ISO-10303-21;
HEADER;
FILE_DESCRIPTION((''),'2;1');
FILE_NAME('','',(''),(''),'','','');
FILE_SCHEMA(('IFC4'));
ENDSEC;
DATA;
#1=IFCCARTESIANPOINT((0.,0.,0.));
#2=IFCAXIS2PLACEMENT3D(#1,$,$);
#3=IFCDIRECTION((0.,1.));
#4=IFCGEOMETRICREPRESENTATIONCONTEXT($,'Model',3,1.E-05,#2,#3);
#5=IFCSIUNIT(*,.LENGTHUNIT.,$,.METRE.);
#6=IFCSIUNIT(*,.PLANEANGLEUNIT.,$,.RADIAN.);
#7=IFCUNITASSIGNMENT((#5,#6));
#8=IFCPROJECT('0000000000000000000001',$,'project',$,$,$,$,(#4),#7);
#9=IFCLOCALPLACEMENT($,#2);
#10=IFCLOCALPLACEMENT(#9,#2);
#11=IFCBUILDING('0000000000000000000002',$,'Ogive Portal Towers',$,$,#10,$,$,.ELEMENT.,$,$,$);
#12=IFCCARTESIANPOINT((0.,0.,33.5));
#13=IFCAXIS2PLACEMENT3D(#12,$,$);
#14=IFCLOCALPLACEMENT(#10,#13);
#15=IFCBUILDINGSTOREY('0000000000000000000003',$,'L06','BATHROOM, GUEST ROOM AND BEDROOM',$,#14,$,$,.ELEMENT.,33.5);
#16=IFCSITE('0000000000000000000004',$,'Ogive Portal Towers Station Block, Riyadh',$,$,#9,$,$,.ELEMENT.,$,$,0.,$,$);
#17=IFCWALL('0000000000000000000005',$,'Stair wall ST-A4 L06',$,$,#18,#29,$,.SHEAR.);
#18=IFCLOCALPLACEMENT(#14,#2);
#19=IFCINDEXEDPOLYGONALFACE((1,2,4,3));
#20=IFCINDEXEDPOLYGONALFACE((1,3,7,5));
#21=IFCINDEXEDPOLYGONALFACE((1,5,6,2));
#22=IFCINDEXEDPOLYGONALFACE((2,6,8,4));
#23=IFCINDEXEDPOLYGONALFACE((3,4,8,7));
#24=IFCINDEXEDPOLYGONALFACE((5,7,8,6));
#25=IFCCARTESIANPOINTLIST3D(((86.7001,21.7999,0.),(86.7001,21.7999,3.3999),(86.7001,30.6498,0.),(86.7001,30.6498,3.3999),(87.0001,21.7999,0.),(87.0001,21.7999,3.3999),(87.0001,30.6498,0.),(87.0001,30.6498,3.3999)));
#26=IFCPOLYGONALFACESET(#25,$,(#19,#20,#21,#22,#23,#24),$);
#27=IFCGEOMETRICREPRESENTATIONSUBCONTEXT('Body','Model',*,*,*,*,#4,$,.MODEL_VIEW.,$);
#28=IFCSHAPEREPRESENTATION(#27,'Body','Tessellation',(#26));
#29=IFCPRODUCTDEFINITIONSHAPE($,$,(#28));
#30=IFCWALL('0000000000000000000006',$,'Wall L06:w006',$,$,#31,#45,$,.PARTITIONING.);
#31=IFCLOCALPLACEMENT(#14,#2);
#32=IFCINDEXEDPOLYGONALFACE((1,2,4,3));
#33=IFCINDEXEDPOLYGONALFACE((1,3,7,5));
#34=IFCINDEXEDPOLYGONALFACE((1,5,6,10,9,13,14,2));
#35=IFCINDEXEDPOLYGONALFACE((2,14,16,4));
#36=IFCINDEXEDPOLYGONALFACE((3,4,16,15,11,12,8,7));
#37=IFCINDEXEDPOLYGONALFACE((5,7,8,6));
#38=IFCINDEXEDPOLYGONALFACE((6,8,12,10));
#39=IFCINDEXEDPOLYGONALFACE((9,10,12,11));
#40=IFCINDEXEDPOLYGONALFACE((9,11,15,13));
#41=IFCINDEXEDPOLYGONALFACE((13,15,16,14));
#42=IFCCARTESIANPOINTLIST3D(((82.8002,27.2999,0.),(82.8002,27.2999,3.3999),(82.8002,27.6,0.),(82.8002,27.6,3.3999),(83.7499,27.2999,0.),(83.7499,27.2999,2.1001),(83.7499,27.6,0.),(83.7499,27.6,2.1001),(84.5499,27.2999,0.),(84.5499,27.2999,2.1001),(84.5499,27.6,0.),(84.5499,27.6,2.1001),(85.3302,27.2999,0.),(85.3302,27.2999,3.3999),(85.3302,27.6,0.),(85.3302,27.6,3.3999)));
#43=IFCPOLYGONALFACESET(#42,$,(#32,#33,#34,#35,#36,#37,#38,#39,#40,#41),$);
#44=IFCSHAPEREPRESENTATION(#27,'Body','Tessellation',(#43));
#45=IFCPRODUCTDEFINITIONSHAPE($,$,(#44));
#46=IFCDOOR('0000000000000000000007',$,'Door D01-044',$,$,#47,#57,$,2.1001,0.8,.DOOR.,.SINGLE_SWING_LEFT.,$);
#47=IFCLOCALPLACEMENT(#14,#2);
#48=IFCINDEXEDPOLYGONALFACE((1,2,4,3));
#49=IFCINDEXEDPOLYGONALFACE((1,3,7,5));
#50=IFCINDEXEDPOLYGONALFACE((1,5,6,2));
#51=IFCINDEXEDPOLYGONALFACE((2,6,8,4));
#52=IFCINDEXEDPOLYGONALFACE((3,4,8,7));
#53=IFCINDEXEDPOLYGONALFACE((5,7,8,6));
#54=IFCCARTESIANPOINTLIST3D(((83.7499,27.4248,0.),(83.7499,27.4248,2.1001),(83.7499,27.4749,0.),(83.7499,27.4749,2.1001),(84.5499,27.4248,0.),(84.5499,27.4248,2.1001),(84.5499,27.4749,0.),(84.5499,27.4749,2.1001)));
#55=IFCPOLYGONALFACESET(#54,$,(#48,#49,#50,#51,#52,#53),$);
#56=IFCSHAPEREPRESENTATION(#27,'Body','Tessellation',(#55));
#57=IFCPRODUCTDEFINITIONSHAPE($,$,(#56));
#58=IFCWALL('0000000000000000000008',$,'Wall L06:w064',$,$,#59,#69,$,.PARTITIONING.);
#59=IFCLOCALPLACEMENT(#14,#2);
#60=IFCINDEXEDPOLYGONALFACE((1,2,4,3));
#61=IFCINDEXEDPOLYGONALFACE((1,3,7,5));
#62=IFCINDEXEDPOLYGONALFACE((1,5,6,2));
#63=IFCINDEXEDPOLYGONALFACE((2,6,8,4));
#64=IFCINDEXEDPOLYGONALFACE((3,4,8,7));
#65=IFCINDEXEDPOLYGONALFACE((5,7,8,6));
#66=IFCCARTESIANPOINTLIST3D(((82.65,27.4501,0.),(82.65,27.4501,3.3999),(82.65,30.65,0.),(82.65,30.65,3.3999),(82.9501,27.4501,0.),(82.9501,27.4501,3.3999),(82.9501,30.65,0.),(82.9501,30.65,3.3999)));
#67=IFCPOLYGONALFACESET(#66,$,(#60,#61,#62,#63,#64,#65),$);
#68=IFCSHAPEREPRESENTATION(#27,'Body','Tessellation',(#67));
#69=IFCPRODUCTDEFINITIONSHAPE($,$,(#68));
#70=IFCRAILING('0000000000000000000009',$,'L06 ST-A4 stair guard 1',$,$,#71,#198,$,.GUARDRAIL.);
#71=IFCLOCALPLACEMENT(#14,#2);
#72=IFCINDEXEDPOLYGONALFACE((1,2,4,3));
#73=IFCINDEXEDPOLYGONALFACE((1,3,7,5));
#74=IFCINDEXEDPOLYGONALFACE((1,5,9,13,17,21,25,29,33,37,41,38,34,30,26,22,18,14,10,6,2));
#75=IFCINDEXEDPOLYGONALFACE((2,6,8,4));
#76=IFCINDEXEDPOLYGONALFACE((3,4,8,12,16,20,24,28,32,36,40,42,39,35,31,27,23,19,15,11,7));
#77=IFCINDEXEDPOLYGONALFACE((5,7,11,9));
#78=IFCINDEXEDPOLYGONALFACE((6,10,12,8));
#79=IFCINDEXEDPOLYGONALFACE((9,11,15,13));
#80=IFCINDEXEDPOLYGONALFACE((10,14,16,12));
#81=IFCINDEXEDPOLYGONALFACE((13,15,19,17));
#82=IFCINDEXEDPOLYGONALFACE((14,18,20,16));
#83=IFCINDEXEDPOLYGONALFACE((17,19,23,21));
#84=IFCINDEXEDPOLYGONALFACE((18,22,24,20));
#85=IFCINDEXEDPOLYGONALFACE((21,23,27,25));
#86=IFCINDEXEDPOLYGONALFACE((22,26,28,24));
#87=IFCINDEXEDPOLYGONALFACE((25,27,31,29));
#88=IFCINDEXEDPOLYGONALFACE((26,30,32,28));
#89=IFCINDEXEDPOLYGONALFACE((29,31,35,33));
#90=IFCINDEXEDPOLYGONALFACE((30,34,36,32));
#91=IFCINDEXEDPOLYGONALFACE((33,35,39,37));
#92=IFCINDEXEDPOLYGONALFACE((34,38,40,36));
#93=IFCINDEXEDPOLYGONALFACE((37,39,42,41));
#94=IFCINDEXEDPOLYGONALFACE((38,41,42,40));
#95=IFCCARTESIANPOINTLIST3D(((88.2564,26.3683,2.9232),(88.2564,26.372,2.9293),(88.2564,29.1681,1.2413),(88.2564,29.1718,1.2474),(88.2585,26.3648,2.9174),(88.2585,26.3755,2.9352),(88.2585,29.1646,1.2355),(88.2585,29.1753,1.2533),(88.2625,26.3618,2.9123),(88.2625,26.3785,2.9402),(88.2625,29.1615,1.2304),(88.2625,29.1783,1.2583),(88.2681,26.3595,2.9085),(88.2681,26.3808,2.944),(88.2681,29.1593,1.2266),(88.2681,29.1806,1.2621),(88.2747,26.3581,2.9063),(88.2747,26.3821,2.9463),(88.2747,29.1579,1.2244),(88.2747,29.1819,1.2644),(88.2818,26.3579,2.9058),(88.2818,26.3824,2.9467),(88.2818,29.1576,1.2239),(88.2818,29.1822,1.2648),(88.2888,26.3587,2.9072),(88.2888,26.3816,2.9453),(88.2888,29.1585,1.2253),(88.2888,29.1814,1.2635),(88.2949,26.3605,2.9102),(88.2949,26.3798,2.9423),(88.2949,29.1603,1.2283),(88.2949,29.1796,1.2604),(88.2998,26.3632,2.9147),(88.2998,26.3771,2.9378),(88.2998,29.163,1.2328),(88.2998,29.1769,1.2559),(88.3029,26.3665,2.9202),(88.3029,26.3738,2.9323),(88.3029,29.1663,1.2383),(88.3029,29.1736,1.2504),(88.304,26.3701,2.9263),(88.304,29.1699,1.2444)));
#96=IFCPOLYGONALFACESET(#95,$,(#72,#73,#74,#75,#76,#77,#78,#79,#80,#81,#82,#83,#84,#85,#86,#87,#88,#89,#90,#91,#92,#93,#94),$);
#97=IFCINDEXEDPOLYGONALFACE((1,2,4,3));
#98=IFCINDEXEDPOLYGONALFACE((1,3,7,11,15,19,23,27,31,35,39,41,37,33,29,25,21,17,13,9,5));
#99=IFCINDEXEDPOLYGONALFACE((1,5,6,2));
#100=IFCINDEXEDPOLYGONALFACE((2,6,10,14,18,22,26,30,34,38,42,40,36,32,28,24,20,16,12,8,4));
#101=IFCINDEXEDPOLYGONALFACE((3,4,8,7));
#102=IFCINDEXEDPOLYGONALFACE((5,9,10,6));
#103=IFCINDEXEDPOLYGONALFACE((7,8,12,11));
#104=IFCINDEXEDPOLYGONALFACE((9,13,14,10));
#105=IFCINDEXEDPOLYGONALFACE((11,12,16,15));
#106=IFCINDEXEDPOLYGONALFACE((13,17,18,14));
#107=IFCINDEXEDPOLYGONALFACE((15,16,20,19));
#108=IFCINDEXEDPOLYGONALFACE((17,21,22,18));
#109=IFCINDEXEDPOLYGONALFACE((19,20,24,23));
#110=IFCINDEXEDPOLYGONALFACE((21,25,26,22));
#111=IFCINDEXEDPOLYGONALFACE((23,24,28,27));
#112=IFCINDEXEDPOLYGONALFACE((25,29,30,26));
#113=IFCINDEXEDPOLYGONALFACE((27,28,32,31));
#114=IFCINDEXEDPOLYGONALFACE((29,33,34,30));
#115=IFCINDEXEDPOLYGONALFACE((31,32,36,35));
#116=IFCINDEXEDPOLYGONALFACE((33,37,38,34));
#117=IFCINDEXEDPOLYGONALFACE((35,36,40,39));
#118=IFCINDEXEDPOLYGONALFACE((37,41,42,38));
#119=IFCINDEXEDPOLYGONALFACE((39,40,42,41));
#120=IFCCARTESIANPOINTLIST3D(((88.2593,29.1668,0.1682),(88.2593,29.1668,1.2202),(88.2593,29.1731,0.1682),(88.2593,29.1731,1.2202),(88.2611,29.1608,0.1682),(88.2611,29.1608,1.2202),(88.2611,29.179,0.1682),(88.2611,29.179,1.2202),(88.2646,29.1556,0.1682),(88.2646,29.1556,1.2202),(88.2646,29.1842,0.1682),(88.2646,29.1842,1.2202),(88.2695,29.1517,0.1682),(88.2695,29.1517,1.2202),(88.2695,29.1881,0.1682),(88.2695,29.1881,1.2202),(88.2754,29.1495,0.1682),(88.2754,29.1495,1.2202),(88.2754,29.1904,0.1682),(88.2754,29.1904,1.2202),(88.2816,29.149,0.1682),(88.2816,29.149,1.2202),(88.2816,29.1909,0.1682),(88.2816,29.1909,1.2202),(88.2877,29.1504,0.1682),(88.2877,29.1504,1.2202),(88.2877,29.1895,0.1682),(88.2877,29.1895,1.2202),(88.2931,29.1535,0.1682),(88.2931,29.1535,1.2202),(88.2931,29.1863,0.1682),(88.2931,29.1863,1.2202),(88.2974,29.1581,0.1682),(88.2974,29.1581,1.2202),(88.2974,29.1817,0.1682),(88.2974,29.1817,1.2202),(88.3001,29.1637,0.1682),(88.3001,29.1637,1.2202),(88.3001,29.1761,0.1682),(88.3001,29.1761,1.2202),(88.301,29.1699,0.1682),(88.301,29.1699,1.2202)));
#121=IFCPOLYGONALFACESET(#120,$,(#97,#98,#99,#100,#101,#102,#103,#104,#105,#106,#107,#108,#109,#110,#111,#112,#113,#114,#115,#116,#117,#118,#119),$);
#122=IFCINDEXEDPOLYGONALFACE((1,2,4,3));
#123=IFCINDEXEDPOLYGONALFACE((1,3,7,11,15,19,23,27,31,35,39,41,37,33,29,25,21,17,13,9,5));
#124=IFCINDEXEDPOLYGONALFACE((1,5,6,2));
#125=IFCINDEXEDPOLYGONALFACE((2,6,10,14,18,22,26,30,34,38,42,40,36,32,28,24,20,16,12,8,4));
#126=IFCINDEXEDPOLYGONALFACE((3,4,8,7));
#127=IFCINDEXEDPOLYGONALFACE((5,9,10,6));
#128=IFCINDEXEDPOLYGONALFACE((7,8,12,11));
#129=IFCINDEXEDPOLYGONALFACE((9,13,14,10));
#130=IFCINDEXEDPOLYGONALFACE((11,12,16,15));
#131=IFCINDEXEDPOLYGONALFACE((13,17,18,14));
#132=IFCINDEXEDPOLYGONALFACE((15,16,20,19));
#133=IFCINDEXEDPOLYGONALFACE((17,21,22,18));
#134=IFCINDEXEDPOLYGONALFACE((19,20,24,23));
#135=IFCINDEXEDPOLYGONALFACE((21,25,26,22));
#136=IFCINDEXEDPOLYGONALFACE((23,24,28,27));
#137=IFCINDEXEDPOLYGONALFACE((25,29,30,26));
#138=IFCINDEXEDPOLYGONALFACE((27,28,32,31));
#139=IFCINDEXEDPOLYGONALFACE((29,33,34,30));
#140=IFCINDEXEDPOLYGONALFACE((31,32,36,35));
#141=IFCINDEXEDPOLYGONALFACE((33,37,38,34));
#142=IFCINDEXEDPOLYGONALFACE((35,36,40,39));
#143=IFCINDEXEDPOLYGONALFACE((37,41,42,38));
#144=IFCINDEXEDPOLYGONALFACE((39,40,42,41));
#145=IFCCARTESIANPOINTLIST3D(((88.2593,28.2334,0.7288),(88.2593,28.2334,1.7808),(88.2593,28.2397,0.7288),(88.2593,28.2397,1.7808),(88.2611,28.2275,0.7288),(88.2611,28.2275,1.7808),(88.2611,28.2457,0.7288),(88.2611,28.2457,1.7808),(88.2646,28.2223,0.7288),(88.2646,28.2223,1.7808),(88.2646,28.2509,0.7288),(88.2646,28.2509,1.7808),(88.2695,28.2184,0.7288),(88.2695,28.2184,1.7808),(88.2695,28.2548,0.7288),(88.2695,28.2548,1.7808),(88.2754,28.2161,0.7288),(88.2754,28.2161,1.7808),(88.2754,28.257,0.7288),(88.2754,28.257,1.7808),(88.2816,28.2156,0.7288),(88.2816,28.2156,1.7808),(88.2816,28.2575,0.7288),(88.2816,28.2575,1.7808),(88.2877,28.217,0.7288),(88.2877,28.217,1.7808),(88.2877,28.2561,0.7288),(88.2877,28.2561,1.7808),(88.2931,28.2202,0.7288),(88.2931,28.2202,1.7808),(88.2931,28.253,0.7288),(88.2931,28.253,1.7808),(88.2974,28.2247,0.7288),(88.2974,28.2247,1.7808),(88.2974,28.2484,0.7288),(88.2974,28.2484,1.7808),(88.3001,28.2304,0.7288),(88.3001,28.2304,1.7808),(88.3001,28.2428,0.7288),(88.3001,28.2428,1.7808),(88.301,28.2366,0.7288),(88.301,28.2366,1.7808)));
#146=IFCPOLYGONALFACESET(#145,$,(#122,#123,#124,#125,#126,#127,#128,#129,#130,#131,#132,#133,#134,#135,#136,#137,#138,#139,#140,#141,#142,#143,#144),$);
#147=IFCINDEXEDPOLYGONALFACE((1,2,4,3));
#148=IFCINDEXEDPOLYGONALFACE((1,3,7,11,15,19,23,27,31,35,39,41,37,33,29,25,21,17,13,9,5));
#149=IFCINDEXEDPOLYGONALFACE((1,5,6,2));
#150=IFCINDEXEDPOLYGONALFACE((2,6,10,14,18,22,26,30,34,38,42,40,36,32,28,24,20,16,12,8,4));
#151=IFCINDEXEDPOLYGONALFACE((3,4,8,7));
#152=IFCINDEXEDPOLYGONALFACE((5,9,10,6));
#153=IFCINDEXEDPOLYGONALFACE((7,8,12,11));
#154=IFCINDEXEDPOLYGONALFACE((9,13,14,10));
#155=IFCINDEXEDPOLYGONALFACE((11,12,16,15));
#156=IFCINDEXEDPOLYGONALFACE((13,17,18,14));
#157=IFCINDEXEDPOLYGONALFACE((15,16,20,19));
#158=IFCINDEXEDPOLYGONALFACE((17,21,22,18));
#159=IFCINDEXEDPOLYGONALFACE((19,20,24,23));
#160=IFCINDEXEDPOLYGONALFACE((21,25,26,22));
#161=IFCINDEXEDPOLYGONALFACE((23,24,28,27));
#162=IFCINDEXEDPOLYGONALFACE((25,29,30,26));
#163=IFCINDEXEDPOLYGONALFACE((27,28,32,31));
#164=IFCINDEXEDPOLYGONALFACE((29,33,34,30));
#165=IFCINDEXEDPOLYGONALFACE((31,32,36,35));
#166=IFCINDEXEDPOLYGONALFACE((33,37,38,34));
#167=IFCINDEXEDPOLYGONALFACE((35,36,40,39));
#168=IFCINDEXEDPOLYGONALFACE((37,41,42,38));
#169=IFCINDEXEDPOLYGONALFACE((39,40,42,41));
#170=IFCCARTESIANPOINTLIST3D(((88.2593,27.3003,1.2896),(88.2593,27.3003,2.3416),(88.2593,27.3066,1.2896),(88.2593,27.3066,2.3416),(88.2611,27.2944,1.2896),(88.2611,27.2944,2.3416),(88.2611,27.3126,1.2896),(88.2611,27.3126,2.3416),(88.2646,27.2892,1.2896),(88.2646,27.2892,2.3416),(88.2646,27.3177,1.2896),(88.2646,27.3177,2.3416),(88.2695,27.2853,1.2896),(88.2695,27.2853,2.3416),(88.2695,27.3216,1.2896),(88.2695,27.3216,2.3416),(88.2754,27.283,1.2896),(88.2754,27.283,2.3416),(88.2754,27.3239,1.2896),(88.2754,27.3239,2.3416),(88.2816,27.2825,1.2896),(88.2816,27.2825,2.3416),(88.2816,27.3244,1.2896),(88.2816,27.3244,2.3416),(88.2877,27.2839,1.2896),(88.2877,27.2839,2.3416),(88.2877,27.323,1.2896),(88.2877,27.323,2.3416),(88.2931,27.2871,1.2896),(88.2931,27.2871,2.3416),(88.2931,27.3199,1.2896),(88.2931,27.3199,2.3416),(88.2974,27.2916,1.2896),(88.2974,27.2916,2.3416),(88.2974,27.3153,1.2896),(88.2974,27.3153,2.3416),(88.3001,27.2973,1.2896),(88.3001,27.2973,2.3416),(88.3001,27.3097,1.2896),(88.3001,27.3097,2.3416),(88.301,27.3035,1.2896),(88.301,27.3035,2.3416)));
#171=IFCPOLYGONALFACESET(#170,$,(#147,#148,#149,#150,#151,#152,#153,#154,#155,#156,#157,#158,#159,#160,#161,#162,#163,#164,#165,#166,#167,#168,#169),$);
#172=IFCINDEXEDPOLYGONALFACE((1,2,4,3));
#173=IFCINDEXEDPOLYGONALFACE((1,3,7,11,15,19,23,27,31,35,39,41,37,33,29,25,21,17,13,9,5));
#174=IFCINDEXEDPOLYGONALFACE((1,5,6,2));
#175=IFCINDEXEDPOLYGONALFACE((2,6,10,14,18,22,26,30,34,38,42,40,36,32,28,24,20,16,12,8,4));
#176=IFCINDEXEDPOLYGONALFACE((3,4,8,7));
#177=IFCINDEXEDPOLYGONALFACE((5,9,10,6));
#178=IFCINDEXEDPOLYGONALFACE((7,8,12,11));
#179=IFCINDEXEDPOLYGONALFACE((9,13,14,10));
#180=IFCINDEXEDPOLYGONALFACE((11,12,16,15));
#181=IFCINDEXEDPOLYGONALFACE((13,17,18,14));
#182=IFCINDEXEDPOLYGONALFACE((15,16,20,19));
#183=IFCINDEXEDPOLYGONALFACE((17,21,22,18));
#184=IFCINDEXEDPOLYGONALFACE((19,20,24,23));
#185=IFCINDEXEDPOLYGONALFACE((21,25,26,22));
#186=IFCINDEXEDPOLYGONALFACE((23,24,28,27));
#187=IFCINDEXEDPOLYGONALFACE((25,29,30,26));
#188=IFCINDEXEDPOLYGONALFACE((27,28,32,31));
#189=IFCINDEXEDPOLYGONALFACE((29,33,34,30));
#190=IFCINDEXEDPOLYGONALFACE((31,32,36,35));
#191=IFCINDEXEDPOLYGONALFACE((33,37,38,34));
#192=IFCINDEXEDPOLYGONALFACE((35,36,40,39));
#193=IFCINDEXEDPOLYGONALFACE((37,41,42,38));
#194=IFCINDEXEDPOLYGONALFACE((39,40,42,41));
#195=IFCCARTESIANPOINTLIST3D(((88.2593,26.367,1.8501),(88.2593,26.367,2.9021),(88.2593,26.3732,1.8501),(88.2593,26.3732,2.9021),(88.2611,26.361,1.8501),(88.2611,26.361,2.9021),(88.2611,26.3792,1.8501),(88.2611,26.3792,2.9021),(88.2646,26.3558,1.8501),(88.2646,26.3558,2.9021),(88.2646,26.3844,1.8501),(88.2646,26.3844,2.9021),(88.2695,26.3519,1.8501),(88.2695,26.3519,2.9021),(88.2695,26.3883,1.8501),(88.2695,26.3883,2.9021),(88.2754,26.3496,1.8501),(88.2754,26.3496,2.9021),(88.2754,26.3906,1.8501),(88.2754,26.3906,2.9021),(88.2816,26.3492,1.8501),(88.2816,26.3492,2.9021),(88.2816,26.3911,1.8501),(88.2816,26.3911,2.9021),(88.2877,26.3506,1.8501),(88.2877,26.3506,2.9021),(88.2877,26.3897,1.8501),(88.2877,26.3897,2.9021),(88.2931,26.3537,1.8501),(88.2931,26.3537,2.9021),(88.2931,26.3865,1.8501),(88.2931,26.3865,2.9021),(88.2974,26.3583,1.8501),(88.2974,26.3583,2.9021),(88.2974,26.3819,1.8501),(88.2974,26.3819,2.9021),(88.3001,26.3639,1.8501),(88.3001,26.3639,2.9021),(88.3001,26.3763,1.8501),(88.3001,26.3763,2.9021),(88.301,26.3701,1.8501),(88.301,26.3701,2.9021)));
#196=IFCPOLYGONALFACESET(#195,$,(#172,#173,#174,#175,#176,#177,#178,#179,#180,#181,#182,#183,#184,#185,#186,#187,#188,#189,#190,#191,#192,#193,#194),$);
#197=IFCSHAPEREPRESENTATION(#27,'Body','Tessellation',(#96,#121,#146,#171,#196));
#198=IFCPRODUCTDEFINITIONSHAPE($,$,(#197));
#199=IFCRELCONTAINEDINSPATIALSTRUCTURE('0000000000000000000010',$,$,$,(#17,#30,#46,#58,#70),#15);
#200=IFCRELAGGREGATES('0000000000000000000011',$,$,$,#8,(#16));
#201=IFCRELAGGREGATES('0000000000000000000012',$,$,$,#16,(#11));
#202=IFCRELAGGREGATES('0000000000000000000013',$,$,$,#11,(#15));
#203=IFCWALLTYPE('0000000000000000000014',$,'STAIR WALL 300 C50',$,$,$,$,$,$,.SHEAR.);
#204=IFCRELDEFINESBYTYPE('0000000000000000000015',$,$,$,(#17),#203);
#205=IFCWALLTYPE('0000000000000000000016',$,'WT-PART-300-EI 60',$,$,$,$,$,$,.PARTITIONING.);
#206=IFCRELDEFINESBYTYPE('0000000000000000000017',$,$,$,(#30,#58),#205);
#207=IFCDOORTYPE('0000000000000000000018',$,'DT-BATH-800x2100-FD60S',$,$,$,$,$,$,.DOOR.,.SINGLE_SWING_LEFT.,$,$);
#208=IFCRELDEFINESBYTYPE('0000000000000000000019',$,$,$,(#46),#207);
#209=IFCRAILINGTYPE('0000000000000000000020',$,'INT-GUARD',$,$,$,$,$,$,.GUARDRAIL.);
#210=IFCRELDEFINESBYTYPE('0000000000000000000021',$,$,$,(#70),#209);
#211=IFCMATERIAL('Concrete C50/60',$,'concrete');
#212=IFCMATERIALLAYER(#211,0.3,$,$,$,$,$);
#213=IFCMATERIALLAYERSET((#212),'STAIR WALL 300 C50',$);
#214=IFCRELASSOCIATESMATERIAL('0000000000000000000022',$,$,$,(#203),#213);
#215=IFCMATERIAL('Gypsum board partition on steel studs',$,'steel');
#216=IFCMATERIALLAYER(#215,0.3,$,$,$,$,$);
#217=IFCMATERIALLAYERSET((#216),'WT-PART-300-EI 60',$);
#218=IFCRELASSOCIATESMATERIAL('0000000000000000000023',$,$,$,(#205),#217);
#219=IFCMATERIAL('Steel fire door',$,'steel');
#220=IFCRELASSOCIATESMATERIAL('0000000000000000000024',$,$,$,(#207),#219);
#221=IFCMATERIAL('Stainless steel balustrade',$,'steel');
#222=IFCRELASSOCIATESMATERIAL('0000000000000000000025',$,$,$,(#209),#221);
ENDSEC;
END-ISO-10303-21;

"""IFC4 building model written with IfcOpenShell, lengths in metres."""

from ifc_helpers import new_model, si_unit, direction, frame, frame_2d, origin, origin_2d, place, context, subcontext, project, spatial, rectangle, circle, extrude, material, layer, layer_set, type_object, element, fill, save


model = new_model("IFC4")

# Units and contexts
model_context = context("Model", 3, precision=1e-05, world=origin(), true_north=direction((0.0, 1.0)))
body_context = subcontext(model_context, "Body", "Model", "MODEL_VIEW")
ifc_project = project(units=[si_unit("LENGTHUNIT", "METRE"), si_unit("PLANEANGLEUNIT", "RADIAN")], contexts=[model_context])

# Site, building, storey
site_placement = place(None, origin())
site = spatial("IfcSite", under=ifc_project, at=site_placement, Name="Ogive Portal Towers Station Block, Riyadh", CompositionType="ELEMENT", RefElevation=0.0)
building_placement = place(site_placement, origin())
building = spatial("IfcBuilding", under=site, at=building_placement, Name="Ogive Portal Towers", CompositionType="ELEMENT")
storey_placement = place(building_placement, frame((0.0, 0.0, 33.5)))
storey = spatial("IfcBuildingStorey", under=building, at=storey_placement, Name="L06", Description="BATHROOM, GUEST ROOM AND BEDROOM", CompositionType="ELEMENT", Elevation=33.5)

# Shared definitions
ifc_material_1 = material(Name="Steel fire door", Category="steel")

# Shared definitions
ifc_material_2 = material(Name="Concrete C50/60", Category="concrete")
ifc_layer_1 = layer(ifc_material_2, 0.3)
ifc_layer_set_1 = layer_set([ifc_layer_1], Name="STAIR WALL 300 C50")
wall_type_1 = type_object("IfcWallType", Name="STAIR WALL 300 C50", PredefinedType="SHEAR", material=ifc_layer_set_1)

# Wall
wall_1_placement = place(storey_placement, frame((86.8501, 21.8, 0.0), z_axis=(0.0, 0.0, 1.0), x_axis=(0.0, 1.0, 0.0)))
element("IfcWall", 1, at=wall_1_placement, inside=storey, type_object=wall_type_1, Name="Stair wall ST-A4 L06", PredefinedType="SHEAR", context=body_context, shape_type="SweptSolid", body=[
    extrude(rectangle(XDim=8.8499, YDim=0.3, at=frame_2d((4.4248, 0.0))), origin(), (0.0, 0.0, 1.0), 3.3999),
])

# Wall, opening, door
ifc_material_3 = material(Name="Gypsum board partition on steel studs", Category="steel")
ifc_layer_2 = layer(ifc_material_3, 0.3)
ifc_layer_set_2 = layer_set([ifc_layer_2], Name="WT-PART-300-EI 60")
wall_type_2 = type_object("IfcWallType", Name="WT-PART-300-EI 60", PredefinedType="PARTITIONING", material=ifc_layer_set_2)
wall_2_placement = place(storey_placement, frame((82.8, 27.45, 0.0), z_axis=(0.0, 0.0, 1.0), x_axis=(1.0, 0.0, 0.0)))
wall_2 = element("IfcWall", 2, at=wall_2_placement, inside=storey, type_object=wall_type_2, Name="Wall L06:w006", PredefinedType="PARTITIONING", context=body_context, shape_type="SweptSolid", body=[
    extrude(rectangle(XDim=2.53, YDim=0.3, at=frame_2d((1.2651, 0.0))), origin(), (0.0, 0.0, 1.0), 3.3999),
])
opening_1_placement = place(wall_2_placement, frame((0.95, 0.0, 0.0)))
opening_1 = element("IfcOpeningElement", 3, at=opening_1_placement, cuts=wall_2, PredefinedType="OPENING", context=body_context, shape_type="SweptSolid", body=[
    extrude(rectangle(XDim=0.8, YDim=2.1001, at=frame_2d((0.3999, 1.05))), frame((0.0, 0.1602, 0.0), z_axis=(0.0, -1.0, 0.0), x_axis=(1.0, 0.0, 0.0)), (0.0, 0.0, 1.0), 0.3201),
])
door_type_1 = type_object("IfcDoorType", Name="DT-BATH-800x2100-FD60S", OperationType="SINGLE_SWING_LEFT", PredefinedType="DOOR", material=ifc_material_1)
door_1_placement = place(opening_1_placement, origin())
door_1 = element("IfcDoor", 4, at=door_1_placement, inside=storey, type_object=door_type_1, Name="Door D01-044", OperationType="SINGLE_SWING_LEFT", OverallHeight=2.1001, OverallWidth=0.8, PredefinedType="DOOR", context=body_context, shape_type="SweptSolid", body=[
    extrude(rectangle(XDim=0.8, YDim=2.1001, at=frame_2d((0.3999, 1.05))), frame((0.0, 0.0249, 0.0), z_axis=(0.0, -1.0, 0.0), x_axis=(1.0, 0.0, 0.0)), (0.0, 0.0, 1.0), 0.05),
])
fill(opening_1, door_1)

# Wall
wall_3_placement = place(storey_placement, frame((82.8, 27.45, 0.0), z_axis=(0.0, 0.0, 1.0), x_axis=(0.0, 1.0, 0.0)))
element("IfcWall", 5, at=wall_3_placement, inside=storey, type_object=wall_type_2, Name="Wall L06:w064", PredefinedType="PARTITIONING", context=body_context, shape_type="SweptSolid", body=[
    extrude(rectangle(XDim=3.2, YDim=0.3, at=frame_2d((1.6001, 0.0))), origin(), (0.0, 0.0, 1.0), 3.3999),
])

# Railing
ifc_material_4 = material(Name="Stainless steel balustrade", Category="steel")
railing_type_1 = type_object("IfcRailingType", Name="INT-GUARD", PredefinedType="GUARDRAIL", material=ifc_material_4)
railing_1_placement = place(storey_placement, frame((88.28, 29.1699, 0.1682)))
element("IfcRailing", 6, at=railing_1_placement, inside=storey, type_object=railing_type_1, Name="L06 ST-A4 stair guard 1", PredefinedType="GUARDRAIL", context=body_context, shape_type="SweptSolid", body=[
    extrude(circle(Radius=0.0239, at=origin_2d()), frame((0.0, 0.0, 1.0762), z_axis=(0.0, -0.857222, 0.514946), x_axis=(1.0, 0.0, 0.0)), (0.0, 0.0, 1.0), 3.2661),
    extrude(circle(Radius=0.021, at=origin_2d()), origin(), (0.0, 0.0, 1.0), 1.052),
    extrude(circle(Radius=0.021, at=origin_2d()), frame((0.0, -0.9333, 0.5605)), (0.0, 0.0, 1.0), 1.052),
    extrude(circle(Radius=0.021, at=origin_2d()), frame((0.0, -1.8665, 1.1213)), (0.0, 0.0, 1.0), 1.052),
    extrude(circle(Radius=0.021, at=origin_2d()), frame((0.0, -2.7998, 1.6819)), (0.0, 0.0, 1.0), 1.052),
])

save(model, "model.ifc")
